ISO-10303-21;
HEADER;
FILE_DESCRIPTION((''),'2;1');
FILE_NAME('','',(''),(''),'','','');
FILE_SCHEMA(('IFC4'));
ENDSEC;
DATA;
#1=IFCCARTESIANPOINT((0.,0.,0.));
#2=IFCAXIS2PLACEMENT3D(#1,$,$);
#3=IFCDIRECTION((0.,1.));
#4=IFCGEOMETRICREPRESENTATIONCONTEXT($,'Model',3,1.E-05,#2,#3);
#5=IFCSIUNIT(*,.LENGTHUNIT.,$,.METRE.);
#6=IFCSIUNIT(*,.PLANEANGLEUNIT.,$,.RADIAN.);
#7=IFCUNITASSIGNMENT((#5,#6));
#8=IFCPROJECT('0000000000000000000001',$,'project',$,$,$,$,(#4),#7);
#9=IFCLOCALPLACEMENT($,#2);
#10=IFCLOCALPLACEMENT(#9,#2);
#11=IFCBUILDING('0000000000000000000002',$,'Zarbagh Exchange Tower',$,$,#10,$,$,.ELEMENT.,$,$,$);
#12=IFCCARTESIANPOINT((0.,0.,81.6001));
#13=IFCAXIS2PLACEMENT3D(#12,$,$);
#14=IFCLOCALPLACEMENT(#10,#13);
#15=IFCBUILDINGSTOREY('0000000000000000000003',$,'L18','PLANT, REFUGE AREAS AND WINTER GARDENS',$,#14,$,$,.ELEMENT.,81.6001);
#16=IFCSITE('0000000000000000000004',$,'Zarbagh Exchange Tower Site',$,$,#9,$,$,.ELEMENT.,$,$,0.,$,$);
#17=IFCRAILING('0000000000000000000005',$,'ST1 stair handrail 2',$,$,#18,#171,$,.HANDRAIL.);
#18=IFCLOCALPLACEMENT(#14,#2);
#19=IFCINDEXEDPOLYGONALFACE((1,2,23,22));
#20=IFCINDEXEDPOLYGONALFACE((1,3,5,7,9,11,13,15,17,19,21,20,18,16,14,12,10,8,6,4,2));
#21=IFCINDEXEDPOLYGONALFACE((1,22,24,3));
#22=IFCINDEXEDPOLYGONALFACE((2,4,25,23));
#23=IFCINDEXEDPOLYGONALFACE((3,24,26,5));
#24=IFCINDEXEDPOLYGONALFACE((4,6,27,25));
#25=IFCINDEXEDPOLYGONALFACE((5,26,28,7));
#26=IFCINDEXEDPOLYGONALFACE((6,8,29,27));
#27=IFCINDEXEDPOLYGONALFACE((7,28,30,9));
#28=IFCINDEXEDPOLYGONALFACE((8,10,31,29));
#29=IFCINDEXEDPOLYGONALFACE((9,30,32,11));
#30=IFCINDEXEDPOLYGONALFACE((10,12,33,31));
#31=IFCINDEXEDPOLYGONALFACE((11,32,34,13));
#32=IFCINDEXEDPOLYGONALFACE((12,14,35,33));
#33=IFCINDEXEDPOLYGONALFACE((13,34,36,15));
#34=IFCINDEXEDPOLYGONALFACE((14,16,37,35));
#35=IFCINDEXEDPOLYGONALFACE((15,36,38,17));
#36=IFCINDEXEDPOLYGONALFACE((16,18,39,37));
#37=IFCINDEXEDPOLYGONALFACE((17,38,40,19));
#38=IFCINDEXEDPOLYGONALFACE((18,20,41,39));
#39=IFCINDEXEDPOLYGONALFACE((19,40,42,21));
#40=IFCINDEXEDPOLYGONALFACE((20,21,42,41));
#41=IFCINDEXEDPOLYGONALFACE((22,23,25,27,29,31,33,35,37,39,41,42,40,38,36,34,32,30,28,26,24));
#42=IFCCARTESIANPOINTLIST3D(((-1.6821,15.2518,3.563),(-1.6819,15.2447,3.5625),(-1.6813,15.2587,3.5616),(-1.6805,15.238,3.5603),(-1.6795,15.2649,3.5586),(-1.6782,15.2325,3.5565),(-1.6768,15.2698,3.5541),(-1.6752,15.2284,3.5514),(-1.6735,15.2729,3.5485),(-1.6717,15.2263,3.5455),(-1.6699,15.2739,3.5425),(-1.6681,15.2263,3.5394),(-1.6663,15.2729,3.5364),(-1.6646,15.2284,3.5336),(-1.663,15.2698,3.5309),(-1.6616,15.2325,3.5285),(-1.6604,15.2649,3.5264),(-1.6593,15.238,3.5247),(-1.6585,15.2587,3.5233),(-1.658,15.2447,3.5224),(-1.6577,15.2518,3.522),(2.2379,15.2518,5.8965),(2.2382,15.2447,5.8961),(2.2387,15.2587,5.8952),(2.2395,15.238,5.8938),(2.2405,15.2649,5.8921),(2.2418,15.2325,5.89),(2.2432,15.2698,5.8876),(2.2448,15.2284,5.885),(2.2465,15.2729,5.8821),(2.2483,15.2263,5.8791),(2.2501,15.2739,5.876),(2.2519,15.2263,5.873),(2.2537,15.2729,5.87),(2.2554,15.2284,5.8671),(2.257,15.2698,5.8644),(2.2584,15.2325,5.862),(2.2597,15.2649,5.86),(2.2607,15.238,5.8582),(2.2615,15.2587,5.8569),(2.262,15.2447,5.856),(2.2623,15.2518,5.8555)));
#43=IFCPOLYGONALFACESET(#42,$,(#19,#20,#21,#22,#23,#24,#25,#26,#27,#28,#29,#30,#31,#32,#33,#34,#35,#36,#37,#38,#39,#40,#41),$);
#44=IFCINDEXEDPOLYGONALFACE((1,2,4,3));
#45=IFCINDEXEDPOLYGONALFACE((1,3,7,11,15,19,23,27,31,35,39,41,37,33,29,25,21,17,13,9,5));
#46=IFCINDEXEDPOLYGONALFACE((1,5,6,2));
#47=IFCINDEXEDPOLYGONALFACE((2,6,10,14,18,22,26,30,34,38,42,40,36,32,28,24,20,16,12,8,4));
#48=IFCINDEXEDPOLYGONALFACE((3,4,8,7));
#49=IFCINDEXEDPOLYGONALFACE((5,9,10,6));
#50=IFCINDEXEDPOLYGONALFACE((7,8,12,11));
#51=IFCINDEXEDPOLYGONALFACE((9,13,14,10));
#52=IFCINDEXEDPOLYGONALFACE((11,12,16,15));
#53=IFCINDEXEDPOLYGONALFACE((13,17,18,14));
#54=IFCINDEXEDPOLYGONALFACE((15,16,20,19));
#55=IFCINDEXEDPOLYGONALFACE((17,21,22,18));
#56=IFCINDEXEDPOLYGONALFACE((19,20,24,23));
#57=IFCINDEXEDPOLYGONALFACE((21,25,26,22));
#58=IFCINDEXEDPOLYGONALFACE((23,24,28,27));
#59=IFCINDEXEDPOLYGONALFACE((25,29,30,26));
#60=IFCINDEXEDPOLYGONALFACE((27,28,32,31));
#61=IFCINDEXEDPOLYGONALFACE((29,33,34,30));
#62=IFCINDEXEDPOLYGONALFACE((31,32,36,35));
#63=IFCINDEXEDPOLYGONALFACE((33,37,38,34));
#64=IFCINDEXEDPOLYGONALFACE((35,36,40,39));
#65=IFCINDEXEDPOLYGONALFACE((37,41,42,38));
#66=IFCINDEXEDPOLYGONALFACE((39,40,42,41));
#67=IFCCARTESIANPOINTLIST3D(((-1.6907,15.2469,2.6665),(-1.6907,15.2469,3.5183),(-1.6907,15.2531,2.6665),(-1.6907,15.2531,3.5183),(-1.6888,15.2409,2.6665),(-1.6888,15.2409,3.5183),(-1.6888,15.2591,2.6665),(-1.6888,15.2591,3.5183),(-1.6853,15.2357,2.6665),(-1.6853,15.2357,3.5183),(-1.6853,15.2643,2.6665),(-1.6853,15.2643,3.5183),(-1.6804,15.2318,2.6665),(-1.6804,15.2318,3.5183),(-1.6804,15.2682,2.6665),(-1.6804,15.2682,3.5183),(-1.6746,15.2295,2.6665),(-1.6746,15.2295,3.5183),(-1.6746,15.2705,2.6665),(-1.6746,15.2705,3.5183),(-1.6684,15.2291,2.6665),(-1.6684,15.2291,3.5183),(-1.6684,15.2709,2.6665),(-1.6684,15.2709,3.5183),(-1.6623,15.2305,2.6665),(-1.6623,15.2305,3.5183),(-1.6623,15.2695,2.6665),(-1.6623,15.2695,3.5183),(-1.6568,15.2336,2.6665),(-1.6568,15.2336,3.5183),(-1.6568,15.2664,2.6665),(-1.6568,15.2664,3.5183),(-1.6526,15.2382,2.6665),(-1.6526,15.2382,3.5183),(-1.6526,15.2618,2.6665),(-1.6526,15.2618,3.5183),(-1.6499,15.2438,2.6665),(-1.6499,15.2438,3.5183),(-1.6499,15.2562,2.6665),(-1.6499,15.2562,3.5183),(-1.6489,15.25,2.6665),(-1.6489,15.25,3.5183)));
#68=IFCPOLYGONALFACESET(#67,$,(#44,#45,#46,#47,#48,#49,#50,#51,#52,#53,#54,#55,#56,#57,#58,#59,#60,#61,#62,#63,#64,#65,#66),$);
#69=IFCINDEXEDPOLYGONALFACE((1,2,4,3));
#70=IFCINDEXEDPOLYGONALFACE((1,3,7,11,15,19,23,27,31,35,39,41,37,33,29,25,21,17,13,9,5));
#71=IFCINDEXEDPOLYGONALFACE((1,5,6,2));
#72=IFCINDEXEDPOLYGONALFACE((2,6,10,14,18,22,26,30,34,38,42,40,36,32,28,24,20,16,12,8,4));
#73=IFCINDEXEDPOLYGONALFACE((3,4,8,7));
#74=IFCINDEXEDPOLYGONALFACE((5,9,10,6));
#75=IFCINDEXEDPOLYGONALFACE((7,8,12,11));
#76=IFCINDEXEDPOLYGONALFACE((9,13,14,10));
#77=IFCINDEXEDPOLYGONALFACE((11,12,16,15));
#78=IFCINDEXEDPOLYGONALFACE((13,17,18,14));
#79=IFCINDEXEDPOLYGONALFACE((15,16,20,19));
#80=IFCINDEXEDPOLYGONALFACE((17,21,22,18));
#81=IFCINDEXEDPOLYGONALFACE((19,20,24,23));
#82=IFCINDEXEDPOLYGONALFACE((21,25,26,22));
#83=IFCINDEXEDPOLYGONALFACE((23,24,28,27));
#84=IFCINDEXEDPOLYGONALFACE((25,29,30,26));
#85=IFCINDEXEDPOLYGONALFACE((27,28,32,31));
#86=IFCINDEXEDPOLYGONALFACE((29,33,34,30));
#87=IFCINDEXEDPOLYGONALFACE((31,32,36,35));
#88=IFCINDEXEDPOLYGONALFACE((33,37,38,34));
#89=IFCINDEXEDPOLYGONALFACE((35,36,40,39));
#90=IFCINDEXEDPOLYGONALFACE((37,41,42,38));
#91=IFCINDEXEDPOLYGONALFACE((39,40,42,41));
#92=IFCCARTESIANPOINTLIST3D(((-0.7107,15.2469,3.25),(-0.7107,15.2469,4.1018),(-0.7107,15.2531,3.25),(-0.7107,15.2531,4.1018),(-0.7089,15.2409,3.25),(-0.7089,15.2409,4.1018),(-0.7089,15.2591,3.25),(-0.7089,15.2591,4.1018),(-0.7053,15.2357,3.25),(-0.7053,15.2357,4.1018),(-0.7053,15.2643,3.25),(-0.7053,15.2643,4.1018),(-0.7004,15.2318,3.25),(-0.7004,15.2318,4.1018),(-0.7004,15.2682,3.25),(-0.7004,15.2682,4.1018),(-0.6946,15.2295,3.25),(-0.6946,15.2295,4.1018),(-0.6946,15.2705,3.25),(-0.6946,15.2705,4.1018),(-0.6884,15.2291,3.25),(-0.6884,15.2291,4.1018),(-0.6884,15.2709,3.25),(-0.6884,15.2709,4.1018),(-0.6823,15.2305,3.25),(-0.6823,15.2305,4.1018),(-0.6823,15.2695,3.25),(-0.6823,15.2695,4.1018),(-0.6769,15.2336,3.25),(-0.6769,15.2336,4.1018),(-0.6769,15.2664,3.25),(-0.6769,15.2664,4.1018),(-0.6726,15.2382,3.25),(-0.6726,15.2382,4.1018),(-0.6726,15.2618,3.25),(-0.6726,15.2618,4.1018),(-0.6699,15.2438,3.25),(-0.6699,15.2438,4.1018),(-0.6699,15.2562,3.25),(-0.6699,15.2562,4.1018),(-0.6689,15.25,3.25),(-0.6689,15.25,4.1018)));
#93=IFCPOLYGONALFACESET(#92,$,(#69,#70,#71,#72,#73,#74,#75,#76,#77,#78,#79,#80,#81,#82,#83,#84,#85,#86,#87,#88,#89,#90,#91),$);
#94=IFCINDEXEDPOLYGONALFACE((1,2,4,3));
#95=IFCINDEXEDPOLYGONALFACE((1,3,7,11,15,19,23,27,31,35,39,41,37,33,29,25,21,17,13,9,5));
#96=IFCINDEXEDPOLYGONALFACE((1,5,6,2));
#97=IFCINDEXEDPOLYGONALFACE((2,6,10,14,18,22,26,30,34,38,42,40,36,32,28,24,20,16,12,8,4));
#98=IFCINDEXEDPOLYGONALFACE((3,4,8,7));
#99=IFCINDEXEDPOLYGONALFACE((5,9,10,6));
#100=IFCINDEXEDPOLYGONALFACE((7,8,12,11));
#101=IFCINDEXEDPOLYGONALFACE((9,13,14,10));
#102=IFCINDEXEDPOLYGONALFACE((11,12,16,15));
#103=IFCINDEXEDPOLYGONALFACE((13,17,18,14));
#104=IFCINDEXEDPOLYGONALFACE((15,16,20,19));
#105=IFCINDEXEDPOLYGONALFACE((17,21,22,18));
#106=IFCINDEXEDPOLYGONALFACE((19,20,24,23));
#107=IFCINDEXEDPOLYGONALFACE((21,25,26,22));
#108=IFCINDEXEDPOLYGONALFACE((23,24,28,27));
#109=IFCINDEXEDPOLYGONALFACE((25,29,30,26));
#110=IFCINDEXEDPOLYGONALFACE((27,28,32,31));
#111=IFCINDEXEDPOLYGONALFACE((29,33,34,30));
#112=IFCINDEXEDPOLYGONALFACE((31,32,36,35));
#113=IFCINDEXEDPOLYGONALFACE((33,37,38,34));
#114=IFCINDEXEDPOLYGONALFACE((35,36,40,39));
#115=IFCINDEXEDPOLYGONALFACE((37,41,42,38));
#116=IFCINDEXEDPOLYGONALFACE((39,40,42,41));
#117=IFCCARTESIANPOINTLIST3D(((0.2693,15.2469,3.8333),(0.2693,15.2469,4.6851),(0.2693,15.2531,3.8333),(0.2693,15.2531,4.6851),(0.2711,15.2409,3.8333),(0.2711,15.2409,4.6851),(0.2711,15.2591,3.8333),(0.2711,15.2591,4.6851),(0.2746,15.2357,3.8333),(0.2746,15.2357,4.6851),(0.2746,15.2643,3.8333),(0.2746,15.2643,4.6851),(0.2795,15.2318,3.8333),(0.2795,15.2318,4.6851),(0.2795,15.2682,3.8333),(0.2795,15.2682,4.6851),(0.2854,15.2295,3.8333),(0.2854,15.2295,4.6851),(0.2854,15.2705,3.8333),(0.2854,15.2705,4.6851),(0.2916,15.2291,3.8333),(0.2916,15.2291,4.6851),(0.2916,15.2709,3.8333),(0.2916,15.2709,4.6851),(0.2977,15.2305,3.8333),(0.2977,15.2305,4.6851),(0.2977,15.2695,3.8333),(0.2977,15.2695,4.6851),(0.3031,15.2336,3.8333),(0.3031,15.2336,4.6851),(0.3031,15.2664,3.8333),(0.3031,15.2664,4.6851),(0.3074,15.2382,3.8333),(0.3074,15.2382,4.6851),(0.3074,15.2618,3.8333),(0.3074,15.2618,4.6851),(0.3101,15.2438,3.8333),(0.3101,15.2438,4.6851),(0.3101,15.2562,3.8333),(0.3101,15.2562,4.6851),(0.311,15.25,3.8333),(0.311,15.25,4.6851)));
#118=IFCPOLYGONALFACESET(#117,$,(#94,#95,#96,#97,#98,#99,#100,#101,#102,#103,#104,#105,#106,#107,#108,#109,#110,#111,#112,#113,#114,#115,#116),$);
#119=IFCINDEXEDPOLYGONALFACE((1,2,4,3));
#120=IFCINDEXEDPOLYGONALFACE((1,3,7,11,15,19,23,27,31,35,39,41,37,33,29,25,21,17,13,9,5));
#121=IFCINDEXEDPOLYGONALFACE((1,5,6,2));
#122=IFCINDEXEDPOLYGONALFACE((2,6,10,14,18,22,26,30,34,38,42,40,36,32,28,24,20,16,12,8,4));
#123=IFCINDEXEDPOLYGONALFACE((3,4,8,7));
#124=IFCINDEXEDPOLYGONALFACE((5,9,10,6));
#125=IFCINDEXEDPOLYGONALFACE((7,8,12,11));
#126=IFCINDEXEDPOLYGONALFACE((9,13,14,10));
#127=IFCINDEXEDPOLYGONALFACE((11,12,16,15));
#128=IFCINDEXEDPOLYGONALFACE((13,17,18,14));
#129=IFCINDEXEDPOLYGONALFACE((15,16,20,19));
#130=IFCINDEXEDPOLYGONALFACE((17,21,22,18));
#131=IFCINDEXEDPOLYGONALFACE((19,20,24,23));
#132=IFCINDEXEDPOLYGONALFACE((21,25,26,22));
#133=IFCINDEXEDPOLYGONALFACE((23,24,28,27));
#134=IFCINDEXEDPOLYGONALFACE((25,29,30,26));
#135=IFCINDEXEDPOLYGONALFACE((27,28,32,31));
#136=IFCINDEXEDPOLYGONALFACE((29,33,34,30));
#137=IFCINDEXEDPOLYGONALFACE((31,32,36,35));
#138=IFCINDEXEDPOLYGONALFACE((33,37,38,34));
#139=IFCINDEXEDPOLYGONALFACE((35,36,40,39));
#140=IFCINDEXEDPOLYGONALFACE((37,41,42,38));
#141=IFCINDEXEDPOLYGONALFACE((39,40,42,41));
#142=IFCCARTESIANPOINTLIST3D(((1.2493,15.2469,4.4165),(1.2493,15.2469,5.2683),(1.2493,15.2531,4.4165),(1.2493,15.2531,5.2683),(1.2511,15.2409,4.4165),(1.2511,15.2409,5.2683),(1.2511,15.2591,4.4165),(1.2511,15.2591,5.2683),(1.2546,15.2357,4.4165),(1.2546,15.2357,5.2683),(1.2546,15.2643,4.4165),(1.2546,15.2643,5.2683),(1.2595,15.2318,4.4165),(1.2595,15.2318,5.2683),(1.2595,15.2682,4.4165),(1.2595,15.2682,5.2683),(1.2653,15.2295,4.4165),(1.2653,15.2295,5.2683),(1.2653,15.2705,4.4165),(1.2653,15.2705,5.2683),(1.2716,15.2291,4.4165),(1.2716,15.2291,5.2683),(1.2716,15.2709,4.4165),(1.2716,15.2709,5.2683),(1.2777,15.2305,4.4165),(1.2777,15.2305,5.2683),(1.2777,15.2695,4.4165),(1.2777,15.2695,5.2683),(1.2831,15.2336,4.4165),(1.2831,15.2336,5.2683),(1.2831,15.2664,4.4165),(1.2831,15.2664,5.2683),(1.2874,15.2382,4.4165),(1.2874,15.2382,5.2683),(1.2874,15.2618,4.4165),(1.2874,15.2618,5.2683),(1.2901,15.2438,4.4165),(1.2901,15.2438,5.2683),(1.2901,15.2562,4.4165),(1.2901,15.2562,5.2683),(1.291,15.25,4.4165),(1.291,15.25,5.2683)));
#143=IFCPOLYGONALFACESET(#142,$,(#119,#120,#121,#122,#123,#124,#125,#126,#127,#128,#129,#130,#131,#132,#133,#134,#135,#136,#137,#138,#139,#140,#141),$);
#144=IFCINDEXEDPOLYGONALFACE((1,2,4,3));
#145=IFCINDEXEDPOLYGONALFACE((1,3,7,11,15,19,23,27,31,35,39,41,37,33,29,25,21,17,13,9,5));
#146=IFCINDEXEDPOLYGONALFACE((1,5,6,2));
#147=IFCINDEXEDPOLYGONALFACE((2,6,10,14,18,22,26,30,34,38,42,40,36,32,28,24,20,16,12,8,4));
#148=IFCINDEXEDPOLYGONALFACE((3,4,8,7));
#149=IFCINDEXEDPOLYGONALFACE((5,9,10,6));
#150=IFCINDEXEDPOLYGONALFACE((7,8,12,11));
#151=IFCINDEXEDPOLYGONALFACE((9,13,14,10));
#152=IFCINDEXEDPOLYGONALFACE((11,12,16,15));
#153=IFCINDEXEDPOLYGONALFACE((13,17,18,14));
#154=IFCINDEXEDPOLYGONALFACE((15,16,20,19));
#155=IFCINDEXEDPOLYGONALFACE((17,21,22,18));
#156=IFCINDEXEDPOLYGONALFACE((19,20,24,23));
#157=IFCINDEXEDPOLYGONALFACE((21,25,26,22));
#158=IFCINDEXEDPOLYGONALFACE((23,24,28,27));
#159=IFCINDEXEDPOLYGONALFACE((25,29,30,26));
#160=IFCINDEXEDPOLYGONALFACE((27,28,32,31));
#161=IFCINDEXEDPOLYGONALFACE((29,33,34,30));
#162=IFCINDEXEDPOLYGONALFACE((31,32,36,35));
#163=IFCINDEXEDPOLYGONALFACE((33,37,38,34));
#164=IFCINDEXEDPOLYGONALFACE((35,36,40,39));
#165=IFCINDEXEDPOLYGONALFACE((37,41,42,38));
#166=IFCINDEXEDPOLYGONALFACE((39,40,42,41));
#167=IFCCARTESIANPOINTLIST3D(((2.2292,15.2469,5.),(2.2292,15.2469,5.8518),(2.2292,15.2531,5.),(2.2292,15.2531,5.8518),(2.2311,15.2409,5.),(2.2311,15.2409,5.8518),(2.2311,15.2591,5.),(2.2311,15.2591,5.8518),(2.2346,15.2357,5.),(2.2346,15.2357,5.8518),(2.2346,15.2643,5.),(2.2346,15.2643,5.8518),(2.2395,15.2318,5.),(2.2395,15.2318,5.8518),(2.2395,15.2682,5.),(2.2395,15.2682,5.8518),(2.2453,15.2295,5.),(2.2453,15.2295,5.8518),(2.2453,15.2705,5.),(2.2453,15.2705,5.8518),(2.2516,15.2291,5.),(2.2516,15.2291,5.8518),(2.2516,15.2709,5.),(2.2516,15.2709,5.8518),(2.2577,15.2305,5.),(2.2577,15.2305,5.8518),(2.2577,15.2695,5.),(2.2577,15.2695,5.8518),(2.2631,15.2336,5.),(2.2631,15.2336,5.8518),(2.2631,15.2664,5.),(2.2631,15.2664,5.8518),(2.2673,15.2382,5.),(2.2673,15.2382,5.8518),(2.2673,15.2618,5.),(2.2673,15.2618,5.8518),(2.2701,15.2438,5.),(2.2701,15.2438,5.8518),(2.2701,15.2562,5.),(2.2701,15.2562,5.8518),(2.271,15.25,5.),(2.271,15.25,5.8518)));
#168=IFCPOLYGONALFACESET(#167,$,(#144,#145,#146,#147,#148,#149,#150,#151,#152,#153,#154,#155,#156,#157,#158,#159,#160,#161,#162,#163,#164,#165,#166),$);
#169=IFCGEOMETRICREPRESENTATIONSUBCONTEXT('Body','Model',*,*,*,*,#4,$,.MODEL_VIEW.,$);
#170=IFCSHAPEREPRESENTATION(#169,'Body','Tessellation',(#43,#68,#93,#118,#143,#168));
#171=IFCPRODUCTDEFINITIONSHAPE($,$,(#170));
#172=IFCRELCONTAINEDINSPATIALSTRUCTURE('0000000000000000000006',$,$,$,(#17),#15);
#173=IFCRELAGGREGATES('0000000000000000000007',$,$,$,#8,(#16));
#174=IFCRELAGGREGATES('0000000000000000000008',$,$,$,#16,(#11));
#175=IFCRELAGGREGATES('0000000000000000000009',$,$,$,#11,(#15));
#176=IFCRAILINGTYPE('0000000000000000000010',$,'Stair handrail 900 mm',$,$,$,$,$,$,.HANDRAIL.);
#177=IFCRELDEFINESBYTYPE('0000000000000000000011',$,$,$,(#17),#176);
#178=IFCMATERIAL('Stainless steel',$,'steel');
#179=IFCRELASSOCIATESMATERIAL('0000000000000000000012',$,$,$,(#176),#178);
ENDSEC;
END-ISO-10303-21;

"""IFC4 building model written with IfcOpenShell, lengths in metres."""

from ifc_helpers import new_model, si_unit, direction, frame, origin, origin_2d, place, context, subcontext, project, spatial, circle, extrude, material, type_object, element, save


model = new_model("IFC4")

# Units and contexts
model_context = context("Model", 3, precision=1e-05, world=origin(), true_north=direction((0.0, 1.0)))
body_context = subcontext(model_context, "Body", "Model", "MODEL_VIEW")
ifc_project = project(units=[si_unit("LENGTHUNIT", "METRE"), si_unit("PLANEANGLEUNIT", "RADIAN")], contexts=[model_context])

# Site, building, storey
site_placement = place(None, origin())
site = spatial("IfcSite", under=ifc_project, at=site_placement, Name="Zarbagh Exchange Tower Site", CompositionType="ELEMENT", RefElevation=0.0)
building_placement = place(site_placement, origin())
building = spatial("IfcBuilding", under=site, at=building_placement, Name="Zarbagh Exchange Tower", CompositionType="ELEMENT")
storey_placement = place(building_placement, frame((0.0, 0.0, 81.6001)))
storey = spatial("IfcBuildingStorey", under=building, at=storey_placement, Name="L18", Description="PLANT, REFUGE AREAS AND WINTER GARDENS", CompositionType="ELEMENT", Elevation=81.6001)

# Shared definitions
ifc_material_1 = material(Name="Stainless steel", Category="steel")

# Railing
railing_type_1 = type_object("IfcRailingType", Name="Stair handrail 900 mm", PredefinedType="HANDRAIL", material=ifc_material_1)
railing_1_placement = place(storey_placement, frame((-1.6699, 15.25, 2.6665)))
element("IfcRailing", 1, at=railing_1_placement, inside=storey, type_object=railing_type_1, Name="ST1 stair handrail 2", PredefinedType="HANDRAIL", context=body_context, shape_type="SweptSolid", body=[
    extrude(circle(Radius=0.0239, at=origin_2d()), frame((0.0, 0.0, 0.876), z_axis=(0.859273, 0.0, 0.511518), x_axis=(0.0, 1.0, 0.0)), (0.0, 0.0, 1.0), 4.562),
    extrude(circle(Radius=0.021, at=origin_2d()), origin(), (0.0, 0.0, 1.0), 0.8518),
    extrude(circle(Radius=0.021, at=origin_2d()), frame((0.98, 0.0, 0.5835)), (0.0, 0.0, 1.0), 0.8518),
    extrude(circle(Radius=0.021, at=origin_2d()), frame((1.96, 0.0, 1.1667)), (0.0, 0.0, 1.0), 0.8518),
    extrude(circle(Radius=0.021, at=origin_2d()), frame((2.9399, 0.0, 1.75)), (0.0, 0.0, 1.0), 0.8518),
    extrude(circle(Radius=0.021, at=origin_2d()), frame((3.9199, 0.0, 2.3335)), (0.0, 0.0, 1.0), 0.8518),
])

save(model, "model.ifc")
